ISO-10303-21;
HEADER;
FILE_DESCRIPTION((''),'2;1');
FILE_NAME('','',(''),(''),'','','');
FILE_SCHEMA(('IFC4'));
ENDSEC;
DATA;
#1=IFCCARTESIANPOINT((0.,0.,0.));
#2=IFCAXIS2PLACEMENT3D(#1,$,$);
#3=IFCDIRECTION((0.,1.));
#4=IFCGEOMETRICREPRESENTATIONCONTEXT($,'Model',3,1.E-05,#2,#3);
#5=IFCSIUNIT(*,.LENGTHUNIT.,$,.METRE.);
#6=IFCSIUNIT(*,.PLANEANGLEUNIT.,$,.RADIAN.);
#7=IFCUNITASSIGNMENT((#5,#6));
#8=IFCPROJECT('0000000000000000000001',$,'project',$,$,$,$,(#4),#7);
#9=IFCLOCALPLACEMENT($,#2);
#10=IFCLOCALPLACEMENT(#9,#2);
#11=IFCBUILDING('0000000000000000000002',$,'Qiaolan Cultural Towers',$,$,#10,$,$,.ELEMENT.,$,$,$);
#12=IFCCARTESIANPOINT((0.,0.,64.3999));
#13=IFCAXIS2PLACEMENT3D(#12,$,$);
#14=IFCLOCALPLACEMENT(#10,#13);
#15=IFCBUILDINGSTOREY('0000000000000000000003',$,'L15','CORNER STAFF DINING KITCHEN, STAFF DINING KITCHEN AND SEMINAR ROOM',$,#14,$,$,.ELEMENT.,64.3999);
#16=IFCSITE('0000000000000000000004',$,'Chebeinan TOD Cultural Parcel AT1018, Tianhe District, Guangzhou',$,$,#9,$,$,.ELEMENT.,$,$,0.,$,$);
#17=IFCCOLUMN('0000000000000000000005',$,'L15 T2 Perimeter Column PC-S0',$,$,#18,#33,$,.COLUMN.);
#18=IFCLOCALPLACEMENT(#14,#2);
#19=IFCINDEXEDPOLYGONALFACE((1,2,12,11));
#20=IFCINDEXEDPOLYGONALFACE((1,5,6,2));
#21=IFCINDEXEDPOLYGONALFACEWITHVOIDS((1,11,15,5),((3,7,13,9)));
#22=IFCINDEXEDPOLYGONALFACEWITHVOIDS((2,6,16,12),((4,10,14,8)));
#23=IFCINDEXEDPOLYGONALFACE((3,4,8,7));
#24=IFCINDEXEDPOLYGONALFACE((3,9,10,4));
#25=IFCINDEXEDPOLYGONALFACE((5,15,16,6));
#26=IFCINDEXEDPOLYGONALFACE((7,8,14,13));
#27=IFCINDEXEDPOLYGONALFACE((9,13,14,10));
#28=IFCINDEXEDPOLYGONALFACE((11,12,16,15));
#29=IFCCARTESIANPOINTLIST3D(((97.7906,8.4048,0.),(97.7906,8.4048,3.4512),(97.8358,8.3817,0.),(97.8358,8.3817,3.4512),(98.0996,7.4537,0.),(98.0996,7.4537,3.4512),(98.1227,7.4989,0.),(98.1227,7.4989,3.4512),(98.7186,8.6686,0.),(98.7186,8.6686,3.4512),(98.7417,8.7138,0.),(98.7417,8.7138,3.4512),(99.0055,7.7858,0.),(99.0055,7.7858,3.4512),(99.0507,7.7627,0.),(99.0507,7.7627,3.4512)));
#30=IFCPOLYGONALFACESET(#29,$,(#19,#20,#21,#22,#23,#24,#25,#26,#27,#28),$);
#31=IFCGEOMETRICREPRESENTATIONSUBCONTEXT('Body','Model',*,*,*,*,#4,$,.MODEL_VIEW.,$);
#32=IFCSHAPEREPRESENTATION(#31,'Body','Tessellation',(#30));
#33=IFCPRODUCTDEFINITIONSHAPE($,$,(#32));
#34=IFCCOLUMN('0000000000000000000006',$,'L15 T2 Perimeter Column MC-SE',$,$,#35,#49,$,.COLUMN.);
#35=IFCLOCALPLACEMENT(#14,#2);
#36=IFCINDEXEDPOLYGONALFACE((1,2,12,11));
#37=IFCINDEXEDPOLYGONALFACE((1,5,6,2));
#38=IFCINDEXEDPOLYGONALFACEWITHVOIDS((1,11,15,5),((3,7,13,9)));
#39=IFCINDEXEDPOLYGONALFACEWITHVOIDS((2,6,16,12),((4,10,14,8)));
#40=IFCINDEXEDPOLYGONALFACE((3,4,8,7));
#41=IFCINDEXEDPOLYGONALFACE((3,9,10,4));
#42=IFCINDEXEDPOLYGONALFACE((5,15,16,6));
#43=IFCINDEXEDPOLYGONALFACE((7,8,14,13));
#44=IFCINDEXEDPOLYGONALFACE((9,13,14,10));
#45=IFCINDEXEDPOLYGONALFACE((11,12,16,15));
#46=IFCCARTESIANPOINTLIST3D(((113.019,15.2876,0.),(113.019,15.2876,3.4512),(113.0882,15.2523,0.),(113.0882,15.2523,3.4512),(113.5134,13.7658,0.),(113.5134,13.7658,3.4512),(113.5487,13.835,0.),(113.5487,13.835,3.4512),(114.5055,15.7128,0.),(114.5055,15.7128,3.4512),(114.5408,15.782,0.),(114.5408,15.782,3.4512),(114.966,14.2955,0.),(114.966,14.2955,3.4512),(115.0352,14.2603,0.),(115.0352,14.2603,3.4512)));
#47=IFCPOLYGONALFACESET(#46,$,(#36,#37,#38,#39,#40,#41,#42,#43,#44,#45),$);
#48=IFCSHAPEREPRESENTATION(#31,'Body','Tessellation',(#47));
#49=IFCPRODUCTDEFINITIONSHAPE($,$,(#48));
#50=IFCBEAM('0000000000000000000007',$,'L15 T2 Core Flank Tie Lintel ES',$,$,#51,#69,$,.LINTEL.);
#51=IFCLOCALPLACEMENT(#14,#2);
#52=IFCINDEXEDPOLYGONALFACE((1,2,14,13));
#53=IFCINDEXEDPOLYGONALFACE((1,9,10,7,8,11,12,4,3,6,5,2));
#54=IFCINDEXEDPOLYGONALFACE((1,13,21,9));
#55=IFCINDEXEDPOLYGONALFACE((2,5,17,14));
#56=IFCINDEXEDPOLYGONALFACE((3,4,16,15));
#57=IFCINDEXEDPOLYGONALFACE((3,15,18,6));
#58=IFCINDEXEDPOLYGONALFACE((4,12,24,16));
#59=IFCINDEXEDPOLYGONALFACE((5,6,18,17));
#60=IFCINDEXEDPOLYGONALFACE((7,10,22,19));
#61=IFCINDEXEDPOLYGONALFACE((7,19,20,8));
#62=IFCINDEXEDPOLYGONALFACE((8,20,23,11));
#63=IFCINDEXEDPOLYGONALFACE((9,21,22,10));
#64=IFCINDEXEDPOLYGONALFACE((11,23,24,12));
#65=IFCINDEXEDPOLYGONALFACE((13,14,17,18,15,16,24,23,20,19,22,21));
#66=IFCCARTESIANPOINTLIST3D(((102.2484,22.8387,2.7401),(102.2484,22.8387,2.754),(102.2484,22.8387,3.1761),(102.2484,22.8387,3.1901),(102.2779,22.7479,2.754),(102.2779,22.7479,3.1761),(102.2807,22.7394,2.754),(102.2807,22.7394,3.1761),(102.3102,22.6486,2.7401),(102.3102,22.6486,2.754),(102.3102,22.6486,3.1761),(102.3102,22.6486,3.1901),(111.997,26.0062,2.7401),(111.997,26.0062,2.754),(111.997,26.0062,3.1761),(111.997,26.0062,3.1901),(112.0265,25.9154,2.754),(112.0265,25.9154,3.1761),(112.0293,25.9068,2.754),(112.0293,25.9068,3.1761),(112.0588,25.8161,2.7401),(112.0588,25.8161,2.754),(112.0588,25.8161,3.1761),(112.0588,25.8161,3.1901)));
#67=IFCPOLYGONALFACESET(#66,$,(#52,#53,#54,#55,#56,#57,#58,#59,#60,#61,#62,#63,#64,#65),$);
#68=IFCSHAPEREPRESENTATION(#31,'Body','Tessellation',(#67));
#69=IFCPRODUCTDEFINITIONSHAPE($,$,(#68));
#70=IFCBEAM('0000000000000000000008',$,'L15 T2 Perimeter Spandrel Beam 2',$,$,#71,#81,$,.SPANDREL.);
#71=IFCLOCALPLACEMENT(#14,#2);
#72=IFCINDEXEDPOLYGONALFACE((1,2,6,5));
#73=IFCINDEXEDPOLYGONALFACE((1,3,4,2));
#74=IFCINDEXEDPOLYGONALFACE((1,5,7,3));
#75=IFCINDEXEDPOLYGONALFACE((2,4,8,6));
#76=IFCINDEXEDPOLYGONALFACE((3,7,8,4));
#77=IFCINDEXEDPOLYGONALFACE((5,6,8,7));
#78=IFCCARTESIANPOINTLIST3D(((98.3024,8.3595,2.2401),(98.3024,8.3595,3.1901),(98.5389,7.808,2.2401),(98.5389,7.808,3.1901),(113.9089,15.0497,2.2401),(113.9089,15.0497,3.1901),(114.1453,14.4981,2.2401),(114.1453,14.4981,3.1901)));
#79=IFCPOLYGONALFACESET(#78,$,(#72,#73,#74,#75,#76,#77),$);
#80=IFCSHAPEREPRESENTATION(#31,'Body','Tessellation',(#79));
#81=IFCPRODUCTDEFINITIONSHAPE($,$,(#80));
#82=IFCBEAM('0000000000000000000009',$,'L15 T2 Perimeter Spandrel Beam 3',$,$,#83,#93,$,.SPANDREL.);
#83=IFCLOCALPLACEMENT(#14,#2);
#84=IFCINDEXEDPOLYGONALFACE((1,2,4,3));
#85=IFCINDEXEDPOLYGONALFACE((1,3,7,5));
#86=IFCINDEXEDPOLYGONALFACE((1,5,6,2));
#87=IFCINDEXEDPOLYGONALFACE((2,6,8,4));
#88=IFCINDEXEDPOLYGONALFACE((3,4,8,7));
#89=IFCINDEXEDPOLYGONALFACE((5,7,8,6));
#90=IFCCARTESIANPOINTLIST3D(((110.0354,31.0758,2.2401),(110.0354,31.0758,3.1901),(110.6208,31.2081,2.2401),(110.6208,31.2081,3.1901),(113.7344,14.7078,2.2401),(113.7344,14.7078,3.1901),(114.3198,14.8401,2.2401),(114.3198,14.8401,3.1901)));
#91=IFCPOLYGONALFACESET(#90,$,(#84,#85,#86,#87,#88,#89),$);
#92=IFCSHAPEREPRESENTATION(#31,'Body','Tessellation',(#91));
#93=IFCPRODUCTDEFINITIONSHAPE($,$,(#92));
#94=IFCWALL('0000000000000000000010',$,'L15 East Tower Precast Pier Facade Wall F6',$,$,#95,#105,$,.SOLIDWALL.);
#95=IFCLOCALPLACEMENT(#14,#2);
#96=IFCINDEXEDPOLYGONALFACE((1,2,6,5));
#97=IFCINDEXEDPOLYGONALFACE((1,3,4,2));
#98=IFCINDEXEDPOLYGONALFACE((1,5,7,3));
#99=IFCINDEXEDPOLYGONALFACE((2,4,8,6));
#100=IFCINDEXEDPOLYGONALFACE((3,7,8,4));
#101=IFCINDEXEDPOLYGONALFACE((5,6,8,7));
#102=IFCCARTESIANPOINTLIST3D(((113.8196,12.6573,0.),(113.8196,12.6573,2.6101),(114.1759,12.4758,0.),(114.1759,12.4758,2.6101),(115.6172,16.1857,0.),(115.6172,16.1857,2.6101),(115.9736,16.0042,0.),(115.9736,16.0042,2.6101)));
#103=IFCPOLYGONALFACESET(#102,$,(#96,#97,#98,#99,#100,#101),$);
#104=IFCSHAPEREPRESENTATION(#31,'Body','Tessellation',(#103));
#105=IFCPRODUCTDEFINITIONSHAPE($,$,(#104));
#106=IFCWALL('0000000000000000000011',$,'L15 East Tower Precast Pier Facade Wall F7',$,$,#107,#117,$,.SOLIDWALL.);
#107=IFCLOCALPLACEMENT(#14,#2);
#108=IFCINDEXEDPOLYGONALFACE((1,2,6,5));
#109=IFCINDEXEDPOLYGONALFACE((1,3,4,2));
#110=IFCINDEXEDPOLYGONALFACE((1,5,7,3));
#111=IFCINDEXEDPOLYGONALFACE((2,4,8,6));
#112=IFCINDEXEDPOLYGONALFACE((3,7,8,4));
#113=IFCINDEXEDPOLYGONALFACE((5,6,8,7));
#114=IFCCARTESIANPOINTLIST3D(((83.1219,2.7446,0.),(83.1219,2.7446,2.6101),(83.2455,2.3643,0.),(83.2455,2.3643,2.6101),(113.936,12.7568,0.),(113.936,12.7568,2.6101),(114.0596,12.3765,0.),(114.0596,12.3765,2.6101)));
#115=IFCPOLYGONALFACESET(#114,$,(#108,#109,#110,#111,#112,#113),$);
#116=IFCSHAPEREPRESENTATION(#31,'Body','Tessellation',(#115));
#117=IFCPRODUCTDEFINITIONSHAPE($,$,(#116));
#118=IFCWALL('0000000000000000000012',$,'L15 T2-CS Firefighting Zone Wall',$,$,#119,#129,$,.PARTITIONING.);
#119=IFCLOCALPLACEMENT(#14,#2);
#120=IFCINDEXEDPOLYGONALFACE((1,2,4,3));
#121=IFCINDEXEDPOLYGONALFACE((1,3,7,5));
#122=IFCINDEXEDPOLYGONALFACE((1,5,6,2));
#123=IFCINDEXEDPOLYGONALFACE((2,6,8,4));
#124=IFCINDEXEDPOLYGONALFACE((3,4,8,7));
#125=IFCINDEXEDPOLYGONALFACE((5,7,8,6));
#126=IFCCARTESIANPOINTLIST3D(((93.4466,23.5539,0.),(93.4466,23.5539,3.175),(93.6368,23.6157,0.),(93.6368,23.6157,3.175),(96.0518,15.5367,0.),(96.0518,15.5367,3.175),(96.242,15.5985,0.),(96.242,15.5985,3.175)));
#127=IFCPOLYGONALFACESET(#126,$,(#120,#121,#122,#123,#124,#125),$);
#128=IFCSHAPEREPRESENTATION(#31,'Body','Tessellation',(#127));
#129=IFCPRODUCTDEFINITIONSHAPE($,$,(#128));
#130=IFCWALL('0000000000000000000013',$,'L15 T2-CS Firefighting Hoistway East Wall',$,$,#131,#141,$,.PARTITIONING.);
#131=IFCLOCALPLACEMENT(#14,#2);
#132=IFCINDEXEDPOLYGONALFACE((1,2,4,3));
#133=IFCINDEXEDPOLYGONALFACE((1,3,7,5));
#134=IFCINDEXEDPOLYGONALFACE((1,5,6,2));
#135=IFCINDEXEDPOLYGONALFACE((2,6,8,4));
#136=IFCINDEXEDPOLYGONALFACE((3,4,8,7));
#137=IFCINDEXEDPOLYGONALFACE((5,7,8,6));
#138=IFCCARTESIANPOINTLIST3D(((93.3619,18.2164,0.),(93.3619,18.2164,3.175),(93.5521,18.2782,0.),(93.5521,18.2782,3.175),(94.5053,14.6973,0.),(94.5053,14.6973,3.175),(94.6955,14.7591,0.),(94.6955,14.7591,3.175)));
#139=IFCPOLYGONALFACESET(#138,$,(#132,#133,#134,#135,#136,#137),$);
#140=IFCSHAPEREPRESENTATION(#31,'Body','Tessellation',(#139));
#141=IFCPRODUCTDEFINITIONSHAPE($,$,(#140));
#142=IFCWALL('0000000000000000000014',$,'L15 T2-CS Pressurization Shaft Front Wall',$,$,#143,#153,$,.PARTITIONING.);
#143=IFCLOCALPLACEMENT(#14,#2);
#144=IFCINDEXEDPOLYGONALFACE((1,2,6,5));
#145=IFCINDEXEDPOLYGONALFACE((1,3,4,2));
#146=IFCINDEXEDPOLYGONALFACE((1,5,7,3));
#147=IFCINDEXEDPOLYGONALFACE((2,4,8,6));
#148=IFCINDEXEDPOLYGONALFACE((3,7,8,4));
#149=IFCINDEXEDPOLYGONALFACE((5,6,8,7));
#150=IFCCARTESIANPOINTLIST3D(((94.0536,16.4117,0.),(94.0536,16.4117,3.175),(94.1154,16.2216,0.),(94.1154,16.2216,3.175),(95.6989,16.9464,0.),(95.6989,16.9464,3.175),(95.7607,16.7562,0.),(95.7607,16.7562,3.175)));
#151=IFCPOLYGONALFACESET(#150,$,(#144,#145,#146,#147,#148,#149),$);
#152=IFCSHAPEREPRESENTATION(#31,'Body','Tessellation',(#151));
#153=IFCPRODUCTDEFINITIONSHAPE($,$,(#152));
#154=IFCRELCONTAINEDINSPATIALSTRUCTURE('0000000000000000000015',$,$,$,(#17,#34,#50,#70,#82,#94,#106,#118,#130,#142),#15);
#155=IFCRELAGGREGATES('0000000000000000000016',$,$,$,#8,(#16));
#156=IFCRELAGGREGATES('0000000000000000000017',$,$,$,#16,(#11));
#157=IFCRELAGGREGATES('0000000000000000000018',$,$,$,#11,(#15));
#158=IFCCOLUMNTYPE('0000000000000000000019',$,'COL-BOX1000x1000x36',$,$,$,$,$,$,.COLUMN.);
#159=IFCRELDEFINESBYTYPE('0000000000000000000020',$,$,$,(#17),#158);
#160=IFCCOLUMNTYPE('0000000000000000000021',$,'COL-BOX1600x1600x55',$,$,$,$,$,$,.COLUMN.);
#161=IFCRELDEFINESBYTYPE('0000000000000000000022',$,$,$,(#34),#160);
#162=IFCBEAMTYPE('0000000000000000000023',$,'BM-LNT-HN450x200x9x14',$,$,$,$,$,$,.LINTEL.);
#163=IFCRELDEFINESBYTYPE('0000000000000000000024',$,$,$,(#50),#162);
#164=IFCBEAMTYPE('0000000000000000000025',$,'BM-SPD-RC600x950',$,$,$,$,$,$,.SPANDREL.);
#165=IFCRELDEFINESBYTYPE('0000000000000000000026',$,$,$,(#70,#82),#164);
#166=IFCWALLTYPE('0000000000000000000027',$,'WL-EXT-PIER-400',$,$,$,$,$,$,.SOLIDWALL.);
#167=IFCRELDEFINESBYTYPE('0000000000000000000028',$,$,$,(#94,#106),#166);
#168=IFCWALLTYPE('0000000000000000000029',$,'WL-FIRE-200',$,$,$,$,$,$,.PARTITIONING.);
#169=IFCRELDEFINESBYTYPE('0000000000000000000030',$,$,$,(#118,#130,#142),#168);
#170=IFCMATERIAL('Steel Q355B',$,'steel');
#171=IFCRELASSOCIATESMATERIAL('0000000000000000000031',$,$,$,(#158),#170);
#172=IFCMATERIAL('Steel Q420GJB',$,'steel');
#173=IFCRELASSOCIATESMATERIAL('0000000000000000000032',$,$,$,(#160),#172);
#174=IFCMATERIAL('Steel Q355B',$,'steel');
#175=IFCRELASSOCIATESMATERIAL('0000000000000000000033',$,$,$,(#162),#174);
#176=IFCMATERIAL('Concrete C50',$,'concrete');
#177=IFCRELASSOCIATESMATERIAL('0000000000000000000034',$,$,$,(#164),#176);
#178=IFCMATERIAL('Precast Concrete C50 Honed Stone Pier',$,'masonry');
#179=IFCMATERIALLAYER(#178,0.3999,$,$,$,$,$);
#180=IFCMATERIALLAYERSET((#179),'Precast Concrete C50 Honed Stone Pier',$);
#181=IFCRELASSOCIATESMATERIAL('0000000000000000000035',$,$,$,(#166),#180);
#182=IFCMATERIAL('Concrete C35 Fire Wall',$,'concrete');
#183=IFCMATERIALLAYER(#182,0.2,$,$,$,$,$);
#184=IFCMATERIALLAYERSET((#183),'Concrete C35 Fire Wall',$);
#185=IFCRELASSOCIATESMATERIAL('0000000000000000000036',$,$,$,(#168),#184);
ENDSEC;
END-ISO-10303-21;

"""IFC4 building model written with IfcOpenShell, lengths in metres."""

from ifc_helpers import new_model, si_unit, direction, frame, frame_2d, origin, origin_2d, place, context, subcontext, project, spatial, rectangle, hollow_rectangle, i_section, extrude, material, layer, layer_set, material_profile, profile_set, type_object, element, save


model = new_model("IFC4")

# Units and contexts
model_context = context("Model", 3, precision=1e-05, world=origin(), true_north=direction((0.0, 1.0)))
body_context = subcontext(model_context, "Body", "Model", "MODEL_VIEW")
ifc_project = project(units=[si_unit("LENGTHUNIT", "METRE"), si_unit("PLANEANGLEUNIT", "RADIAN")], contexts=[model_context])

# Site, building, storey
site_placement = place(None, origin())
site = spatial("IfcSite", under=ifc_project, at=site_placement, Name="Chebeinan TOD Cultural Parcel AT1018, Tianhe District, Guangzhou", CompositionType="ELEMENT", RefElevation=0.0)
building_placement = place(site_placement, origin())
building = spatial("IfcBuilding", under=site, at=building_placement, Name="Qiaolan Cultural Towers", CompositionType="ELEMENT")
storey_placement = place(building_placement, frame((0.0, 0.0, 64.3999)))
storey = spatial("IfcBuildingStorey", under=building, at=storey_placement, Name="L15", Description="CORNER STAFF DINING KITCHEN, STAFF DINING KITCHEN AND SEMINAR ROOM", CompositionType="ELEMENT", Elevation=64.3999)

# Columns
ifc_material_1 = material(Name="Steel Q355B", Category="steel")
ifc_material_profile_1 = material_profile(ifc_material_1, hollow_rectangle(XDim=1.0, YDim=1.0, WallThickness=0.0359, at=origin_2d()), Name="BOX1000x1000x36")
ifc_profile_set_1 = profile_set([ifc_material_profile_1], Name="Steel Q355B")
column_type_1 = type_object("IfcColumnType", Name="COL-BOX1000x1000x36", PredefinedType="COLUMN", material=ifc_profile_set_1)
column_1_placement = place(storey_placement, frame((98.4207, 8.0837, 0.0), z_axis=(0.0, 0.0, 1.0), x_axis=(0.951057, 0.309017, 0.0)))
element("IfcColumn", 1, at=column_1_placement, inside=storey, type_object=column_type_1, Name="L15 T2 Perimeter Column PC-S0", PredefinedType="COLUMN", context=body_context, shape_type="SweptSolid", body=[
    extrude(hollow_rectangle(XDim=1.0, YDim=1.0, WallThickness=0.0359, at=origin_2d()), origin(), (0.0, 0.0, 1.0), 3.4512),
])
ifc_material_2 = material(Name="Steel Q420GJB", Category="steel")
ifc_material_profile_2 = material_profile(ifc_material_2, hollow_rectangle(XDim=1.6001, YDim=1.6001, WallThickness=0.0549, at=origin_2d()), Name="BOX1600x1600x55")
ifc_profile_set_2 = profile_set([ifc_material_profile_2], Name="Steel Q420GJB")
column_type_2 = type_object("IfcColumnType", Name="COL-BOX1600x1600x55", PredefinedType="COLUMN", material=ifc_profile_set_2)
column_2_placement = place(storey_placement, frame((114.0271, 14.7739, 0.0), z_axis=(0.0, 0.0, 1.0), x_axis=(0.951057, 0.309017, 0.0)))
element("IfcColumn", 2, at=column_2_placement, inside=storey, type_object=column_type_2, Name="L15 T2 Perimeter Column MC-SE", PredefinedType="COLUMN", context=body_context, shape_type="SweptSolid", body=[
    extrude(hollow_rectangle(XDim=1.6001, YDim=1.6001, WallThickness=0.0549, at=origin_2d()), origin(), (0.0, 0.0, 1.0), 3.4512),
])

# Beams
ifc_material_3 = material(Name="Steel Q355B", Category="steel")
ifc_material_profile_3 = material_profile(ifc_material_3, i_section(OverallWidth=0.2, OverallDepth=0.45, WebThickness=0.009, FlangeThickness=0.0139, at=origin_2d()), Name="HN450x200x9x14")
ifc_profile_set_3 = profile_set([ifc_material_profile_3], Name="Steel Q355B")
beam_type_1 = type_object("IfcBeamType", Name="BM-LNT-HN450x200x9x14", PredefinedType="LINTEL", material=ifc_profile_set_3)
beam_1_placement = place(storey_placement, frame((102.2793, 22.7437, 2.9651), z_axis=(0.951057, 0.309016, 0.0), x_axis=(-0.309016, 0.951057, 0.0)))
element("IfcBeam", 3, at=beam_1_placement, inside=storey, type_object=beam_type_1, Name="L15 T2 Core Flank Tie Lintel ES", PredefinedType="LINTEL", context=body_context, shape_type="SweptSolid", body=[
    extrude(i_section(OverallWidth=0.2, OverallDepth=0.45, WebThickness=0.009, FlangeThickness=0.0139, at=origin_2d()), origin(), (0.0, 0.0, 1.0), 10.2502),
])
ifc_material_4 = material(Name="Concrete C50", Category="concrete")
ifc_material_profile_4 = material_profile(ifc_material_4, rectangle(XDim=0.6001, YDim=0.95, at=origin_2d()), Name="RC600x950")
ifc_profile_set_4 = profile_set([ifc_material_profile_4], Name="Concrete C50")
beam_type_2 = type_object("IfcBeamType", Name="BM-SPD-RC600x950", PredefinedType="SPANDREL", material=ifc_profile_set_4)
beam_2_placement = place(storey_placement, frame((98.4207, 8.0837, 2.7151), z_axis=(0.919109, 0.394004, 0.0), x_axis=(-0.394004, 0.919109, 0.0)))
element("IfcBeam", 4, at=beam_2_placement, inside=storey, type_object=beam_type_2, Name="L15 T2 Perimeter Spandrel Beam 2", PredefinedType="SPANDREL", context=body_context, shape_type="SweptSolid", body=[
    extrude(rectangle(XDim=0.6001, YDim=0.95, at=origin_2d()), origin(), (0.0, 0.0, 1.0), 16.98),
])
beam_3_placement = place(storey_placement, frame((114.0271, 14.7739, 2.7151), z_axis=(-0.220431, 0.975403, 0.0), x_axis=(-0.975403, -0.220431, 0.0)))
element("IfcBeam", 5, at=beam_3_placement, inside=storey, type_object=beam_type_2, Name="L15 T2 Perimeter Spandrel Beam 3", PredefinedType="SPANDREL", context=body_context, shape_type="SweptSolid", body=[
    extrude(rectangle(XDim=0.6001, YDim=0.95, at=origin_2d()), origin(), (0.0, 0.0, 1.0), 16.7808),
])

# Walls
ifc_material_5 = material(Name="Precast Concrete C50 Honed Stone Pier", Category="masonry")
ifc_layer_1 = layer(ifc_material_5, 0.3999)
ifc_layer_set_1 = layer_set([ifc_layer_1], Name="Precast Concrete C50 Honed Stone Pier")
wall_type_1 = type_object("IfcWallType", Name="WL-EXT-PIER-400", PredefinedType="SOLIDWALL", material=ifc_layer_set_1)
wall_1_placement = place(storey_placement, frame((115.7954, 16.095, 0.0), z_axis=(0.0, 0.0, 1.0), x_axis=(-0.453958, -0.891023, 0.0)))
element("IfcWall", 6, at=wall_1_placement, inside=storey, type_object=wall_type_1, Name="L15 East Tower Precast Pier Facade Wall F6", PredefinedType="SOLIDWALL", context=body_context, shape_type="SweptSolid", body=[
    extrude(rectangle(XDim=3.96, YDim=0.3999, at=frame_2d((1.98, 0.0))), origin(), (0.0, 0.0, 1.0), 2.6101),
])
wall_2_placement = place(storey_placement, frame((113.9978, 12.5667, 0.0), z_axis=(0.0, 0.0, 1.0), x_axis=(-0.951056, -0.309019, 0.0)))
element("IfcWall", 7, at=wall_2_placement, inside=storey, type_object=wall_type_1, Name="L15 East Tower Precast Pier Facade Wall F7", PredefinedType="SOLIDWALL", context=body_context, shape_type="SweptSolid", body=[
    extrude(rectangle(XDim=32.3999, YDim=0.3999, at=frame_2d((16.2, 0.0))), origin(), (0.0, 0.0, 1.0), 2.6101),
])
ifc_material_6 = material(Name="Concrete C35 Fire Wall", Category="concrete")
ifc_layer_2 = layer(ifc_material_6, 0.2)
ifc_layer_set_2 = layer_set([ifc_layer_2], Name="Concrete C35 Fire Wall")
wall_type_2 = type_object("IfcWallType", Name="WL-FIRE-200", PredefinedType="PARTITIONING", material=ifc_layer_set_2)
wall_3_placement = place(storey_placement, frame((93.5417, 23.5847, 0.0), z_axis=(0.0, 0.0, 1.0), x_axis=(0.309042, -0.951048, 0.0)))
element("IfcWall", 8, at=wall_3_placement, inside=storey, type_object=wall_type_2, Name="L15 T2-CS Firefighting Zone Wall", PredefinedType="PARTITIONING", context=body_context, shape_type="SweptSolid", body=[
    extrude(rectangle(XDim=8.4299, YDim=0.2, at=frame_2d((4.2148, 0.0))), origin(), (0.0, 0.0, 1.0), 3.175),
])
wall_4_placement = place(storey_placement, frame((93.457, 18.2473, 0.0), z_axis=(0.0, 0.0, 1.0), x_axis=(0.308994, -0.951064, 0.0)))
element("IfcWall", 9, at=wall_4_placement, inside=storey, type_object=wall_type_2, Name="L15 T2-CS Firefighting Hoistway East Wall", PredefinedType="PARTITIONING", context=body_context, shape_type="SweptSolid", body=[
    extrude(rectangle(XDim=3.7002, YDim=0.2, at=frame_2d((1.8501, 0.0))), origin(), (0.0, 0.0, 1.0), 3.175),
])
wall_5_placement = place(storey_placement, frame((94.0845, 16.3167, 0.0), z_axis=(0.0, 0.0, 1.0), x_axis=(0.951041, 0.309064, 0.0)))
element("IfcWall", 10, at=wall_5_placement, inside=storey, type_object=wall_type_2, Name="L15 T2-CS Pressurization Shaft Front Wall", PredefinedType="PARTITIONING", context=body_context, shape_type="SweptSolid", body=[
    extrude(rectangle(XDim=1.73, YDim=0.2, at=frame_2d((0.865, 0.0))), origin(), (0.0, 0.0, 1.0), 3.175),
])

save(model, "model.ifc")
